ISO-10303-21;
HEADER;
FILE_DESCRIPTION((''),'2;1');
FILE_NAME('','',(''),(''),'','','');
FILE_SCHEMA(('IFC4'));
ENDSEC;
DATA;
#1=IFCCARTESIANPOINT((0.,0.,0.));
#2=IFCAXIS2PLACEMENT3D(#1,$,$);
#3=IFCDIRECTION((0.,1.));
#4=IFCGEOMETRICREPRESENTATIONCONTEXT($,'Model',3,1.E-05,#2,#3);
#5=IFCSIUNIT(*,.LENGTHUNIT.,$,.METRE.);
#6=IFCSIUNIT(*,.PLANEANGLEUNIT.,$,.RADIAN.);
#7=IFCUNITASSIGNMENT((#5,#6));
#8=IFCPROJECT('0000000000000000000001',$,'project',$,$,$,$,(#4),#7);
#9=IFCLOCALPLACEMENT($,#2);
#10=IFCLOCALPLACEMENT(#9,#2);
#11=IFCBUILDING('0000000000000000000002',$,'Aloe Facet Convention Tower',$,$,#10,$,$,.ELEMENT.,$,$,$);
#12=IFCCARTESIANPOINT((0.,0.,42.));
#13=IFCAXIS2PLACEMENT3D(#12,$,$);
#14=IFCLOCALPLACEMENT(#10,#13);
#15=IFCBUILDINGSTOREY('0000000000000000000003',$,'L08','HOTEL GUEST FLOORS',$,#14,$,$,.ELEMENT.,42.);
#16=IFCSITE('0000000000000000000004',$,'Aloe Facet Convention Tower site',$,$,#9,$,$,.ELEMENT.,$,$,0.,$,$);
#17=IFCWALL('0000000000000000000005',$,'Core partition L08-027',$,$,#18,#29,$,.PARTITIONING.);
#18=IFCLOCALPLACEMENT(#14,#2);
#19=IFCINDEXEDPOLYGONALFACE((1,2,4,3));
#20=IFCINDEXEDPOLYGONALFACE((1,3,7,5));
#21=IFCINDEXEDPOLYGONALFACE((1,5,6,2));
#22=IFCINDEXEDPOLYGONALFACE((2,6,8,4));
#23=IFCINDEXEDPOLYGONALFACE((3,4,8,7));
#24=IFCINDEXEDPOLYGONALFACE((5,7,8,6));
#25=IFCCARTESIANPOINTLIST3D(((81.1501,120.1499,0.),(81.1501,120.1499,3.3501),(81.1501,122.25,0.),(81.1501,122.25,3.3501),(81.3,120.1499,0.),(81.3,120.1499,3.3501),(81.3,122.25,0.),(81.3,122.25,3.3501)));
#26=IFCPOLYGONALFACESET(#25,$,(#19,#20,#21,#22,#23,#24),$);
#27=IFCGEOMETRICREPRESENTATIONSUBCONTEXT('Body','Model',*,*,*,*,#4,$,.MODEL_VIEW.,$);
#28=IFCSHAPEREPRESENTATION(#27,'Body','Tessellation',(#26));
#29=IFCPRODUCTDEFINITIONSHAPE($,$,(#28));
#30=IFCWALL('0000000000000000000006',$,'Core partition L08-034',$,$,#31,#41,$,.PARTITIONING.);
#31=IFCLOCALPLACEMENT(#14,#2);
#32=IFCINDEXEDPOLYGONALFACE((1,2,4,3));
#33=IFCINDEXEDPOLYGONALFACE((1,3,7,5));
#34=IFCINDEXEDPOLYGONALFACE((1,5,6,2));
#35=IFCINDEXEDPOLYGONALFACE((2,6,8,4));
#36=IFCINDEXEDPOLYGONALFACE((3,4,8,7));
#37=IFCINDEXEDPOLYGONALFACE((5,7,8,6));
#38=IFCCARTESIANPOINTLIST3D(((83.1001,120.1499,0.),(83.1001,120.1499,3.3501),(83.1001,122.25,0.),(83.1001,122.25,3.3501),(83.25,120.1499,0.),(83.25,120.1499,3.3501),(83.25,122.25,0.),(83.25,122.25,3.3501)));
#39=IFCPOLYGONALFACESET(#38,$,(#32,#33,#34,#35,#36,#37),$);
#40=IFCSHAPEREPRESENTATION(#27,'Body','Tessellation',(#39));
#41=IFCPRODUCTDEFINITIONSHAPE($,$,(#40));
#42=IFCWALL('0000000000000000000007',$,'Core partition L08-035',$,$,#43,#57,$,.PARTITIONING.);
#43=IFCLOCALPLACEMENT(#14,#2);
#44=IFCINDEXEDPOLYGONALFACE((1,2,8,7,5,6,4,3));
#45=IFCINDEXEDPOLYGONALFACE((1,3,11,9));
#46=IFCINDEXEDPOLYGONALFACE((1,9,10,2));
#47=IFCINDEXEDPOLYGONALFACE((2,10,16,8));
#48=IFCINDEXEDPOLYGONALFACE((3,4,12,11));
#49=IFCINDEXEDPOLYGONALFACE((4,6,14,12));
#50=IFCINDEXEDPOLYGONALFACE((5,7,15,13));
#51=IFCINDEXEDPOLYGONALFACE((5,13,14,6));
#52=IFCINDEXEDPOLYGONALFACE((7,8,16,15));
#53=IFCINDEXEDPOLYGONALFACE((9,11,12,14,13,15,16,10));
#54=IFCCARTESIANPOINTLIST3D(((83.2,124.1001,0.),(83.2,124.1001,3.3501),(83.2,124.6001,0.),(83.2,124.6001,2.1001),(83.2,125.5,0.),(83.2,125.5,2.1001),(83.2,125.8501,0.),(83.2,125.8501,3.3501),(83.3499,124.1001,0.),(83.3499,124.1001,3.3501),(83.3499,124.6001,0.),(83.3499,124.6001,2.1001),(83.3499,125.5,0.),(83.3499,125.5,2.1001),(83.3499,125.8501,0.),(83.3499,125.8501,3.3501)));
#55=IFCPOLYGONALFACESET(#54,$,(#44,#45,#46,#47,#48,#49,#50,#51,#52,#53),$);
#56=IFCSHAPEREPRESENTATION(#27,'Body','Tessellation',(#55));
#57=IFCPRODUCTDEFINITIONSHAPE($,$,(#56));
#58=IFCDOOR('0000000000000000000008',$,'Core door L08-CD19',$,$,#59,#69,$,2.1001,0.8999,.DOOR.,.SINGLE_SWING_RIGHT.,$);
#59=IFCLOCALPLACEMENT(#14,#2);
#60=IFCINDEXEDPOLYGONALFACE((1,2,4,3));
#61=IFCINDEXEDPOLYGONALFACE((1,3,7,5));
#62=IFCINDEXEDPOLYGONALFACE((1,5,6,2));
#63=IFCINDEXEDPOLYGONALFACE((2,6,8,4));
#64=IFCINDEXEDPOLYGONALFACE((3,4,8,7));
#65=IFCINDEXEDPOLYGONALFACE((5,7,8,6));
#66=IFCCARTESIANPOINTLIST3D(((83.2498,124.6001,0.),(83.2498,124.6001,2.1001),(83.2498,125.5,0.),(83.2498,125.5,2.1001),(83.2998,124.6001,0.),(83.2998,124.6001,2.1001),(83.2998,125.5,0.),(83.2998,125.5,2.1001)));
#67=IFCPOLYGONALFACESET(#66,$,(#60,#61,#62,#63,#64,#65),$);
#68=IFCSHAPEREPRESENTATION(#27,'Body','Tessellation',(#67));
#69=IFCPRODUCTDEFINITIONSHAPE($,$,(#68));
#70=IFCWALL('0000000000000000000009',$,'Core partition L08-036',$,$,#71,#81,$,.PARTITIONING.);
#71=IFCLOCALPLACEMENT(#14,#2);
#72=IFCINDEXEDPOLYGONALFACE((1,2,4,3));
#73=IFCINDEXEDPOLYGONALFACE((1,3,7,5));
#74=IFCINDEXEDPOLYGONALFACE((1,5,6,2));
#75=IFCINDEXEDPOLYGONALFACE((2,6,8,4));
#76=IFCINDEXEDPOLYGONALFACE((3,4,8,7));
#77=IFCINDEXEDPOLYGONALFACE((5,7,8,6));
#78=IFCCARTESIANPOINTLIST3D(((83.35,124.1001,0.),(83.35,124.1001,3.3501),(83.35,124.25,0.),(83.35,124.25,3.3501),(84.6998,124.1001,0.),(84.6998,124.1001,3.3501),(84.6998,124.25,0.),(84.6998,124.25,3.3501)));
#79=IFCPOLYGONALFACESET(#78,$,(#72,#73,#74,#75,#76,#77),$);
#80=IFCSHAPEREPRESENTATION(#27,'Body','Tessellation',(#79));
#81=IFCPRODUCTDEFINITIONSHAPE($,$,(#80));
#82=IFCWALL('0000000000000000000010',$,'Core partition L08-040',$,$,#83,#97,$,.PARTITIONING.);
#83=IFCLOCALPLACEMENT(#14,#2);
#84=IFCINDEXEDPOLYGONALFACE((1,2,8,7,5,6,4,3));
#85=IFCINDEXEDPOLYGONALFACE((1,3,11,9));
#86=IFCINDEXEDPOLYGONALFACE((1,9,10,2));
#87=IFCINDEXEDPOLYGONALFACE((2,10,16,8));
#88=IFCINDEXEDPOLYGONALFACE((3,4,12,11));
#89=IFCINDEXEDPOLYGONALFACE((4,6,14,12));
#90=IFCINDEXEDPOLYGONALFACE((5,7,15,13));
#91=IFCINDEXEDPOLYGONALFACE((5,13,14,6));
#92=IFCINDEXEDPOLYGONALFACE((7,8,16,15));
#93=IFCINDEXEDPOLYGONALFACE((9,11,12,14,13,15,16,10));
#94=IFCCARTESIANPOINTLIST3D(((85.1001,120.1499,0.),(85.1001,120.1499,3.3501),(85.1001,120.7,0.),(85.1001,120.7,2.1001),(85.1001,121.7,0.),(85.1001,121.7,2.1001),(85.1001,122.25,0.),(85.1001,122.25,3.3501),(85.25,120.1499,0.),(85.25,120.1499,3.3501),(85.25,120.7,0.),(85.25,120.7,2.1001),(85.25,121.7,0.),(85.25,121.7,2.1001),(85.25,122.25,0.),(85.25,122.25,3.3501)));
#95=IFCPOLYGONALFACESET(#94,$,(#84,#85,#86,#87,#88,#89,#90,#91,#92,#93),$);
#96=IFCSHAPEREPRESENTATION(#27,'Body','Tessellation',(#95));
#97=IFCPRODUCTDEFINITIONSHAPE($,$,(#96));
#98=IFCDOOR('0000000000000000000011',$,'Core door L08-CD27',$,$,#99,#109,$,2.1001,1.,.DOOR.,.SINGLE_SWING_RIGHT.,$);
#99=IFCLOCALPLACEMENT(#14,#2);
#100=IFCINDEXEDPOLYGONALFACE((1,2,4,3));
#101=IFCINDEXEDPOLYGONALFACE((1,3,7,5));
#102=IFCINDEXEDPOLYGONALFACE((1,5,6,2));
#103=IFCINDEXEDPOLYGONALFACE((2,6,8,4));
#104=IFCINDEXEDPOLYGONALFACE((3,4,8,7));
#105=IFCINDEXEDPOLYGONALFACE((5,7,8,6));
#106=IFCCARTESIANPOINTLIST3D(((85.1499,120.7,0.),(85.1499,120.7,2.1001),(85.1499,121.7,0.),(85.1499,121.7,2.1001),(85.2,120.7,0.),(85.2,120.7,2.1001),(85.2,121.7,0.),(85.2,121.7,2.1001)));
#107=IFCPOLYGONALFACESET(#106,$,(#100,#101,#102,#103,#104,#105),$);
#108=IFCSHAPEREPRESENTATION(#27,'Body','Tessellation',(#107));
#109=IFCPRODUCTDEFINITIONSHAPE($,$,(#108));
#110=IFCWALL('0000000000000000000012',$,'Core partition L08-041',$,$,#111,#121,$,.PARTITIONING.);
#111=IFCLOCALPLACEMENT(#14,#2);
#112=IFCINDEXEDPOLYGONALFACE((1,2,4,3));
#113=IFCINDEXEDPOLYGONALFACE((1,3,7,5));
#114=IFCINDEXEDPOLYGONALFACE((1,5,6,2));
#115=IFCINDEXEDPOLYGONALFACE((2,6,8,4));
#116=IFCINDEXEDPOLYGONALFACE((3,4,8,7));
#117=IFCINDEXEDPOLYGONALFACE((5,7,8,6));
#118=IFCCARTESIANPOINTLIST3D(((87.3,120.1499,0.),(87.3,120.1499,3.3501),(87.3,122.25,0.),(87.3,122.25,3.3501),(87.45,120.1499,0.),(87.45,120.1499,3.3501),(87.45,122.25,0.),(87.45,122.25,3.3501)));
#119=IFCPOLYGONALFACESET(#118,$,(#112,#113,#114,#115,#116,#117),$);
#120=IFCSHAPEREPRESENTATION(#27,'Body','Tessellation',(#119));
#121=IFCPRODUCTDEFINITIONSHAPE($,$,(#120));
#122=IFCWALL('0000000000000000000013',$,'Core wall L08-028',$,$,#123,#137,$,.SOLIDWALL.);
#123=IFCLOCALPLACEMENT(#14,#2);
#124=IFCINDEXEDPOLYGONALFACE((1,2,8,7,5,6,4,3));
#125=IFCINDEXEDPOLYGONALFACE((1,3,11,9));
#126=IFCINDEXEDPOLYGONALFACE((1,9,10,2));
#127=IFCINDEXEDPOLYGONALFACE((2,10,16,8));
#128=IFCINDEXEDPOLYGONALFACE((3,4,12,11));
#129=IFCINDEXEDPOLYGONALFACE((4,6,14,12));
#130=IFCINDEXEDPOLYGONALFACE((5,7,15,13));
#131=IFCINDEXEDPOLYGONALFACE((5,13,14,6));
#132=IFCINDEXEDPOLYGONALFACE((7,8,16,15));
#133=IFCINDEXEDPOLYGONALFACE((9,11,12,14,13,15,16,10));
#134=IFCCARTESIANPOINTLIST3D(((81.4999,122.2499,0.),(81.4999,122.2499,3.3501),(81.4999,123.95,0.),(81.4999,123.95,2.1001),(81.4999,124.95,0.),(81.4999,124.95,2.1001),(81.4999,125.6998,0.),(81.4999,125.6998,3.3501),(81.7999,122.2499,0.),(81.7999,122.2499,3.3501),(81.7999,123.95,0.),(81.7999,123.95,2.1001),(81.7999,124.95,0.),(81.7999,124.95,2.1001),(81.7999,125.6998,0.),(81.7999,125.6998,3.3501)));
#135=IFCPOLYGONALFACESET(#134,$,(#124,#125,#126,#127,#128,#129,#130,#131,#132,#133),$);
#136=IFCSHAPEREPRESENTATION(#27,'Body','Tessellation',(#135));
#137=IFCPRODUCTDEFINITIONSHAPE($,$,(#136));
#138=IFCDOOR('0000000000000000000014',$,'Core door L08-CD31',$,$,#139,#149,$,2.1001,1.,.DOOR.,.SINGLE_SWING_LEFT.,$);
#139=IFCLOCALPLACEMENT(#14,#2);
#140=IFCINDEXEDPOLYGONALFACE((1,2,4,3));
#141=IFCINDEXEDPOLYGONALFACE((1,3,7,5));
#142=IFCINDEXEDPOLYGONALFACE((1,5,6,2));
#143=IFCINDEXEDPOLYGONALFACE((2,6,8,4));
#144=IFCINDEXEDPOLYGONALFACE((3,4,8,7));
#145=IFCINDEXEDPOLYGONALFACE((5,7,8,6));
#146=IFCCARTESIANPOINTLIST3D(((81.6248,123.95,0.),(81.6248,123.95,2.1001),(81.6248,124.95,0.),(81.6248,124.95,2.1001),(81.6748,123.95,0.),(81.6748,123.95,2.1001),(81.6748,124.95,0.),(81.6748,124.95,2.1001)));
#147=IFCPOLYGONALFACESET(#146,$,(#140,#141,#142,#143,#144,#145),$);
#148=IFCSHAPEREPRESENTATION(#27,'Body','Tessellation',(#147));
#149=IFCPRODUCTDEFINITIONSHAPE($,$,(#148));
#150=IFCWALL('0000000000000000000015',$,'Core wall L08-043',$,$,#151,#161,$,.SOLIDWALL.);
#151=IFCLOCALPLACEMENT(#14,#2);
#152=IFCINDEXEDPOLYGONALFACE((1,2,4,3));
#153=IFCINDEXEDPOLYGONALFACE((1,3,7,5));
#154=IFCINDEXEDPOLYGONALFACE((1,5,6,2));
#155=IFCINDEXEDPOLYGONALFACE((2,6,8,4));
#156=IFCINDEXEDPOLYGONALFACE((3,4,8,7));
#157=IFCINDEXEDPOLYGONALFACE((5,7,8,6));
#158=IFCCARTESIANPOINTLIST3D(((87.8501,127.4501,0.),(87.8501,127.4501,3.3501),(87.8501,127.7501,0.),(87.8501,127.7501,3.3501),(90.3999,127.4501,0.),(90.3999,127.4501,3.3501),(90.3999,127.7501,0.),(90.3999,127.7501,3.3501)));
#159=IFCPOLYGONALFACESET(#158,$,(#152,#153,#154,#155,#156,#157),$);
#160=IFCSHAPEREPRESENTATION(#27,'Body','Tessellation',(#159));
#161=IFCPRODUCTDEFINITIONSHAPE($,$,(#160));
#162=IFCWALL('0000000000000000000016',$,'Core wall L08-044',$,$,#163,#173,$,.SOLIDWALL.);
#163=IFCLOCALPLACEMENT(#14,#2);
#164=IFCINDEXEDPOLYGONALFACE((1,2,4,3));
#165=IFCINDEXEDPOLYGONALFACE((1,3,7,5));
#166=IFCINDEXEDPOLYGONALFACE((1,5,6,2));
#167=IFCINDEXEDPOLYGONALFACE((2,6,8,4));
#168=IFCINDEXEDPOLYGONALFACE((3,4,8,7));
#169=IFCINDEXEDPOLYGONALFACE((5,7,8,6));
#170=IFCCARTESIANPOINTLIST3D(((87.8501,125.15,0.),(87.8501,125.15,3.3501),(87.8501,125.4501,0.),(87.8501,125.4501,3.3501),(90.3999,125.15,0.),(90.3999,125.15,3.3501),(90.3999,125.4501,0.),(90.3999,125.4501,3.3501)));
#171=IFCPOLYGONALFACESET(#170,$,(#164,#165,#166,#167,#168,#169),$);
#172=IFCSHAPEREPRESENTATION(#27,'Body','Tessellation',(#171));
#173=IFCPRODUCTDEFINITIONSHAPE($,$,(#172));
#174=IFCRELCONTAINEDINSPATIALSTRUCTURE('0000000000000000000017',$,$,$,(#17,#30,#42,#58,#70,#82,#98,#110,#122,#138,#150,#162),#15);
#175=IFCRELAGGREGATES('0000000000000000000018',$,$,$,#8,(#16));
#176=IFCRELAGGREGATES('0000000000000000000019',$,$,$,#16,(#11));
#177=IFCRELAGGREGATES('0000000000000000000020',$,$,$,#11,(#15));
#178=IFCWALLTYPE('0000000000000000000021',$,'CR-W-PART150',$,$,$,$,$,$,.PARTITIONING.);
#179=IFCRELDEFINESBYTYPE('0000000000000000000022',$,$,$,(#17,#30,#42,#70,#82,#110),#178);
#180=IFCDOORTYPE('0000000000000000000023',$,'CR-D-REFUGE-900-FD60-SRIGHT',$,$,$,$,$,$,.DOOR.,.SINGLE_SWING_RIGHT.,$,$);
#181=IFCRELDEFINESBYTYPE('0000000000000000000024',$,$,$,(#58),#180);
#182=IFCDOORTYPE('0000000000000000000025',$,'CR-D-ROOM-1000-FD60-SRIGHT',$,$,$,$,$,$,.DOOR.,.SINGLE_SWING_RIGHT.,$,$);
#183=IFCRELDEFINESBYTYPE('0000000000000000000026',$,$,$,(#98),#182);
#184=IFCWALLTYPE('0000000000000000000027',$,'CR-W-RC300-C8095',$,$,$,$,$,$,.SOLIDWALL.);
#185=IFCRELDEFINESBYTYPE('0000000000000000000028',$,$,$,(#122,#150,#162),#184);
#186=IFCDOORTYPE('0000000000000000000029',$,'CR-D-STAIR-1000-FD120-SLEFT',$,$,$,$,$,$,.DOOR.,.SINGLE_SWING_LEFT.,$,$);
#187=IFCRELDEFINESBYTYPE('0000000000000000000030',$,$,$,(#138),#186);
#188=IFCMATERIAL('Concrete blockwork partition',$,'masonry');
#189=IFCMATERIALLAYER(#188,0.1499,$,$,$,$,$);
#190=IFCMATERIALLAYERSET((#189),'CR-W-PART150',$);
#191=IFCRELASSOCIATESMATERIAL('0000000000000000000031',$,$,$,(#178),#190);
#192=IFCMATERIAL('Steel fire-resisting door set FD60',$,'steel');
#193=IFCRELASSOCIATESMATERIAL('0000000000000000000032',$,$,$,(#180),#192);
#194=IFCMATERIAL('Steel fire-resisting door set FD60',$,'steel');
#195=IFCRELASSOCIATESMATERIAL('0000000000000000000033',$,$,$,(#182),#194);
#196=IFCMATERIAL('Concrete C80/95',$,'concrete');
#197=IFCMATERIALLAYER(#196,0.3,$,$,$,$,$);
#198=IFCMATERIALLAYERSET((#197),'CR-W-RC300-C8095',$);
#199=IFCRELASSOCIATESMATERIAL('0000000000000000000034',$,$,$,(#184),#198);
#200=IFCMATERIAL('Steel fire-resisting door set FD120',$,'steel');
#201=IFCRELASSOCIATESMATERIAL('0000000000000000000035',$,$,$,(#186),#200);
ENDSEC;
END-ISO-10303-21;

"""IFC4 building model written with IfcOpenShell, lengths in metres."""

from ifc_helpers import new_model, si_unit, direction, frame, frame_2d, origin, place, context, subcontext, project, spatial, rectangle, extrude, material, layer, layer_set, type_object, element, fill, save


model = new_model("IFC4")

# Units and contexts
model_context = context("Model", 3, precision=1e-05, world=origin(), true_north=direction((0.0, 1.0)))
body_context = subcontext(model_context, "Body", "Model", "MODEL_VIEW")
ifc_project = project(units=[si_unit("LENGTHUNIT", "METRE"), si_unit("PLANEANGLEUNIT", "RADIAN")], contexts=[model_context])

# Site, building, storey
site_placement = place(None, origin())
site = spatial("IfcSite", under=ifc_project, at=site_placement, Name="Aloe Facet Convention Tower site", CompositionType="ELEMENT", RefElevation=0.0)
building_placement = place(site_placement, origin())
building = spatial("IfcBuilding", under=site, at=building_placement, Name="Aloe Facet Convention Tower", CompositionType="ELEMENT")
storey_placement = place(building_placement, frame((0.0, 0.0, 42.0)))
storey = spatial("IfcBuildingStorey", under=building, at=storey_placement, Name="L08", Description="HOTEL GUEST FLOORS", CompositionType="ELEMENT", Elevation=42.0)

# Walls
ifc_material_1 = material(Name="Concrete blockwork partition", Category="masonry")
ifc_layer_1 = layer(ifc_material_1, 0.1499)
ifc_layer_set_1 = layer_set([ifc_layer_1], Name="CR-W-PART150")
wall_type_1 = type_object("IfcWallType", Name="CR-W-PART150", PredefinedType="PARTITIONING", material=ifc_layer_set_1)
for number, where, z_axis, x_axis, name in (
    (1, (81.2251, 122.25, 0.0), (0.0, 0.0, 1.0), (0.0, -1.0, 0.0), "Core partition L08-027"),
    (2, (83.175, 122.25, 0.0), (0.0, 0.0, 1.0), (0.0, -1.0, 0.0), "Core partition L08-034"),
):
    element("IfcWall", number, at=place(storey_placement, frame(where, z_axis=z_axis, x_axis=x_axis)), inside=storey, type_object=wall_type_1, Name=name, PredefinedType="PARTITIONING", context=body_context, shape_type="SweptSolid", body=[
        extrude(rectangle(XDim=2.1001, YDim=0.1499, at=frame_2d((1.05, 0.0))), origin(), (0.0, 0.0, 1.0), 3.3501),
    ])

# Wall, opening, door
wall_1_placement = place(storey_placement, frame((83.2749, 125.8501, 0.0), z_axis=(0.0, 0.0, 1.0), x_axis=(0.0, -1.0, 0.0)))
wall_1 = element("IfcWall", 3, at=wall_1_placement, inside=storey, type_object=wall_type_1, Name="Core partition L08-035", PredefinedType="PARTITIONING", context=body_context, shape_type="SweptSolid", body=[
    extrude(rectangle(XDim=1.75, YDim=0.1499, at=frame_2d((0.875, 0.0))), origin(), (0.0, 0.0, 1.0), 3.3501),
])
opening_1_placement = place(wall_1_placement, frame((0.3501, 0.0, 0.0)))
opening_1 = element("IfcOpeningElement", 4, at=opening_1_placement, cuts=wall_1, PredefinedType="OPENING", context=body_context, shape_type="SweptSolid", body=[
    extrude(rectangle(XDim=0.8999, YDim=2.1001, at=frame_2d((0.45, 1.05))), frame((0.0, 0.085, 0.0), z_axis=(0.0, -1.0, 0.0), x_axis=(1.0, 0.0, 0.0)), (0.0, 0.0, 1.0), 0.1699),
])
ifc_material_2 = material(Name="Steel fire-resisting door set FD60", Category="steel")
door_type_1 = type_object("IfcDoorType", Name="CR-D-REFUGE-900-FD60-SRIGHT", OperationType="SINGLE_SWING_RIGHT", PredefinedType="DOOR", material=ifc_material_2)
door_1_placement = place(opening_1_placement, origin())
door_1 = element("IfcDoor", 5, at=door_1_placement, inside=storey, type_object=door_type_1, Name="Core door L08-CD19", OperationType="SINGLE_SWING_RIGHT", OverallHeight=2.1001, OverallWidth=0.8999, PredefinedType="DOOR", context=body_context, shape_type="SweptSolid", body=[
    extrude(rectangle(XDim=0.8999, YDim=2.1001, at=frame_2d((0.45, 1.05))), frame((0.0, 0.0249, 0.0), z_axis=(0.0, -1.0, 0.0), x_axis=(1.0, 0.0, 0.0)), (0.0, 0.0, 1.0), 0.05),
])
fill(opening_1, door_1)

# Wall
wall_2_placement = place(storey_placement, frame((83.3501, 124.175, 0.0), z_axis=(0.0, 0.0, 1.0), x_axis=(1.0, 0.0, 0.0)))
element("IfcWall", 6, at=wall_2_placement, inside=storey, type_object=wall_type_1, Name="Core partition L08-036", PredefinedType="PARTITIONING", context=body_context, shape_type="SweptSolid", body=[
    extrude(rectangle(XDim=1.3499, YDim=0.1499, at=frame_2d((0.6748, 0.0))), origin(), (0.0, 0.0, 1.0), 3.3501),
])

# Wall, opening, door
wall_3_placement = place(storey_placement, frame((85.175, 122.25, 0.0), z_axis=(0.0, 0.0, 1.0), x_axis=(0.0, -1.0, 0.0)))
wall_3 = element("IfcWall", 7, at=wall_3_placement, inside=storey, type_object=wall_type_1, Name="Core partition L08-040", PredefinedType="PARTITIONING", context=body_context, shape_type="SweptSolid", body=[
    extrude(rectangle(XDim=2.1001, YDim=0.1499, at=frame_2d((1.05, 0.0))), origin(), (0.0, 0.0, 1.0), 3.3501),
])
opening_2_placement = place(wall_3_placement, frame((0.55, 0.0, 0.0)))
opening_2 = element("IfcOpeningElement", 8, at=opening_2_placement, cuts=wall_3, PredefinedType="OPENING", context=body_context, shape_type="SweptSolid", body=[
    extrude(rectangle(XDim=1.0, YDim=2.1001, at=frame_2d((0.5, 1.05))), frame((0.0, 0.085, 0.0), z_axis=(0.0, -1.0, 0.0), x_axis=(1.0, 0.0, 0.0)), (0.0, 0.0, 1.0), 0.1699),
])
ifc_material_3 = material(Name="Steel fire-resisting door set FD60", Category="steel")
door_type_2 = type_object("IfcDoorType", Name="CR-D-ROOM-1000-FD60-SRIGHT", OperationType="SINGLE_SWING_RIGHT", PredefinedType="DOOR", material=ifc_material_3)
door_2_placement = place(opening_2_placement, origin())
door_2 = element("IfcDoor", 9, at=door_2_placement, inside=storey, type_object=door_type_2, Name="Core door L08-CD27", OperationType="SINGLE_SWING_RIGHT", OverallHeight=2.1001, OverallWidth=1.0, PredefinedType="DOOR", context=body_context, shape_type="SweptSolid", body=[
    extrude(rectangle(XDim=1.0, YDim=2.1001, at=frame_2d((0.5, 1.05))), frame((0.0, 0.0249, 0.0), z_axis=(0.0, -1.0, 0.0), x_axis=(1.0, 0.0, 0.0)), (0.0, 0.0, 1.0), 0.05),
])
fill(opening_2, door_2)

# Wall
wall_4_placement = place(storey_placement, frame((87.375, 122.25, 0.0), z_axis=(0.0, 0.0, 1.0), x_axis=(0.0, -1.0, 0.0)))
element("IfcWall", 10, at=wall_4_placement, inside=storey, type_object=wall_type_1, Name="Core partition L08-041", PredefinedType="PARTITIONING", context=body_context, shape_type="SweptSolid", body=[
    extrude(rectangle(XDim=2.1001, YDim=0.1499, at=frame_2d((1.05, 0.0))), origin(), (0.0, 0.0, 1.0), 3.3501),
])

# Wall, opening, door
ifc_material_4 = material(Name="Concrete C80/95", Category="concrete")
ifc_layer_2 = layer(ifc_material_4, 0.3)
ifc_layer_set_2 = layer_set([ifc_layer_2], Name="CR-W-RC300-C8095")
wall_type_2 = type_object("IfcWallType", Name="CR-W-RC300-C8095", PredefinedType="SOLIDWALL", material=ifc_layer_set_2)
wall_5_placement = place(storey_placement, frame((81.6499, 125.7, 0.0), z_axis=(0.0, 0.0, 1.0), x_axis=(0.0, -1.0, 0.0)))
wall_5 = element("IfcWall", 11, at=wall_5_placement, inside=storey, type_object=wall_type_2, Name="Core wall L08-028", PredefinedType="SOLIDWALL", context=body_context, shape_type="SweptSolid", body=[
    extrude(rectangle(XDim=3.45, YDim=0.3, at=frame_2d((1.7251, 0.0))), origin(), (0.0, 0.0, 1.0), 3.3501),
])
opening_3_placement = place(wall_5_placement, frame((0.75, 0.0, 0.0)))
opening_3 = element("IfcOpeningElement", 12, at=opening_3_placement, cuts=wall_5, PredefinedType="OPENING", context=body_context, shape_type="SweptSolid", body=[
    extrude(rectangle(XDim=1.0, YDim=2.1001, at=frame_2d((0.5, 1.05))), frame((0.0, 0.1602, 0.0), z_axis=(0.0, -1.0, 0.0), x_axis=(1.0, 0.0, 0.0)), (0.0, 0.0, 1.0), 0.3201),
])
ifc_material_5 = material(Name="Steel fire-resisting door set FD120", Category="steel")
door_type_3 = type_object("IfcDoorType", Name="CR-D-STAIR-1000-FD120-SLEFT", OperationType="SINGLE_SWING_LEFT", PredefinedType="DOOR", material=ifc_material_5)
door_3_placement = place(opening_3_placement, origin())
door_3 = element("IfcDoor", 13, at=door_3_placement, inside=storey, type_object=door_type_3, Name="Core door L08-CD31", OperationType="SINGLE_SWING_LEFT", OverallHeight=2.1001, OverallWidth=1.0, PredefinedType="DOOR", context=body_context, shape_type="SweptSolid", body=[
    extrude(rectangle(XDim=1.0, YDim=2.1001, at=frame_2d((0.5, 1.05))), frame((0.0, 0.0249, 0.0), z_axis=(0.0, -1.0, 0.0), x_axis=(1.0, 0.0, 0.0)), (0.0, 0.0, 1.0), 0.05),
])
fill(opening_3, door_3)

# Walls
for number, where, z_axis, x_axis, name in (
    (14, (87.8501, 127.6001, 0.0), (0.0, 0.0, 1.0), (1.0, 0.0, 0.0), "Core wall L08-043"),
    (15, (87.8501, 125.3, 0.0), (0.0, 0.0, 1.0), (1.0, 0.0, 0.0), "Core wall L08-044"),
):
    element("IfcWall", number, at=place(storey_placement, frame(where, z_axis=z_axis, x_axis=x_axis)), inside=storey, type_object=wall_type_2, Name=name, PredefinedType="SOLIDWALL", context=body_context, shape_type="SweptSolid", body=[
        extrude(rectangle(XDim=2.5498, YDim=0.3, at=frame_2d((1.2749, 0.0))), origin(), (0.0, 0.0, 1.0), 3.3501),
    ])

save(model, "model.ifc")
